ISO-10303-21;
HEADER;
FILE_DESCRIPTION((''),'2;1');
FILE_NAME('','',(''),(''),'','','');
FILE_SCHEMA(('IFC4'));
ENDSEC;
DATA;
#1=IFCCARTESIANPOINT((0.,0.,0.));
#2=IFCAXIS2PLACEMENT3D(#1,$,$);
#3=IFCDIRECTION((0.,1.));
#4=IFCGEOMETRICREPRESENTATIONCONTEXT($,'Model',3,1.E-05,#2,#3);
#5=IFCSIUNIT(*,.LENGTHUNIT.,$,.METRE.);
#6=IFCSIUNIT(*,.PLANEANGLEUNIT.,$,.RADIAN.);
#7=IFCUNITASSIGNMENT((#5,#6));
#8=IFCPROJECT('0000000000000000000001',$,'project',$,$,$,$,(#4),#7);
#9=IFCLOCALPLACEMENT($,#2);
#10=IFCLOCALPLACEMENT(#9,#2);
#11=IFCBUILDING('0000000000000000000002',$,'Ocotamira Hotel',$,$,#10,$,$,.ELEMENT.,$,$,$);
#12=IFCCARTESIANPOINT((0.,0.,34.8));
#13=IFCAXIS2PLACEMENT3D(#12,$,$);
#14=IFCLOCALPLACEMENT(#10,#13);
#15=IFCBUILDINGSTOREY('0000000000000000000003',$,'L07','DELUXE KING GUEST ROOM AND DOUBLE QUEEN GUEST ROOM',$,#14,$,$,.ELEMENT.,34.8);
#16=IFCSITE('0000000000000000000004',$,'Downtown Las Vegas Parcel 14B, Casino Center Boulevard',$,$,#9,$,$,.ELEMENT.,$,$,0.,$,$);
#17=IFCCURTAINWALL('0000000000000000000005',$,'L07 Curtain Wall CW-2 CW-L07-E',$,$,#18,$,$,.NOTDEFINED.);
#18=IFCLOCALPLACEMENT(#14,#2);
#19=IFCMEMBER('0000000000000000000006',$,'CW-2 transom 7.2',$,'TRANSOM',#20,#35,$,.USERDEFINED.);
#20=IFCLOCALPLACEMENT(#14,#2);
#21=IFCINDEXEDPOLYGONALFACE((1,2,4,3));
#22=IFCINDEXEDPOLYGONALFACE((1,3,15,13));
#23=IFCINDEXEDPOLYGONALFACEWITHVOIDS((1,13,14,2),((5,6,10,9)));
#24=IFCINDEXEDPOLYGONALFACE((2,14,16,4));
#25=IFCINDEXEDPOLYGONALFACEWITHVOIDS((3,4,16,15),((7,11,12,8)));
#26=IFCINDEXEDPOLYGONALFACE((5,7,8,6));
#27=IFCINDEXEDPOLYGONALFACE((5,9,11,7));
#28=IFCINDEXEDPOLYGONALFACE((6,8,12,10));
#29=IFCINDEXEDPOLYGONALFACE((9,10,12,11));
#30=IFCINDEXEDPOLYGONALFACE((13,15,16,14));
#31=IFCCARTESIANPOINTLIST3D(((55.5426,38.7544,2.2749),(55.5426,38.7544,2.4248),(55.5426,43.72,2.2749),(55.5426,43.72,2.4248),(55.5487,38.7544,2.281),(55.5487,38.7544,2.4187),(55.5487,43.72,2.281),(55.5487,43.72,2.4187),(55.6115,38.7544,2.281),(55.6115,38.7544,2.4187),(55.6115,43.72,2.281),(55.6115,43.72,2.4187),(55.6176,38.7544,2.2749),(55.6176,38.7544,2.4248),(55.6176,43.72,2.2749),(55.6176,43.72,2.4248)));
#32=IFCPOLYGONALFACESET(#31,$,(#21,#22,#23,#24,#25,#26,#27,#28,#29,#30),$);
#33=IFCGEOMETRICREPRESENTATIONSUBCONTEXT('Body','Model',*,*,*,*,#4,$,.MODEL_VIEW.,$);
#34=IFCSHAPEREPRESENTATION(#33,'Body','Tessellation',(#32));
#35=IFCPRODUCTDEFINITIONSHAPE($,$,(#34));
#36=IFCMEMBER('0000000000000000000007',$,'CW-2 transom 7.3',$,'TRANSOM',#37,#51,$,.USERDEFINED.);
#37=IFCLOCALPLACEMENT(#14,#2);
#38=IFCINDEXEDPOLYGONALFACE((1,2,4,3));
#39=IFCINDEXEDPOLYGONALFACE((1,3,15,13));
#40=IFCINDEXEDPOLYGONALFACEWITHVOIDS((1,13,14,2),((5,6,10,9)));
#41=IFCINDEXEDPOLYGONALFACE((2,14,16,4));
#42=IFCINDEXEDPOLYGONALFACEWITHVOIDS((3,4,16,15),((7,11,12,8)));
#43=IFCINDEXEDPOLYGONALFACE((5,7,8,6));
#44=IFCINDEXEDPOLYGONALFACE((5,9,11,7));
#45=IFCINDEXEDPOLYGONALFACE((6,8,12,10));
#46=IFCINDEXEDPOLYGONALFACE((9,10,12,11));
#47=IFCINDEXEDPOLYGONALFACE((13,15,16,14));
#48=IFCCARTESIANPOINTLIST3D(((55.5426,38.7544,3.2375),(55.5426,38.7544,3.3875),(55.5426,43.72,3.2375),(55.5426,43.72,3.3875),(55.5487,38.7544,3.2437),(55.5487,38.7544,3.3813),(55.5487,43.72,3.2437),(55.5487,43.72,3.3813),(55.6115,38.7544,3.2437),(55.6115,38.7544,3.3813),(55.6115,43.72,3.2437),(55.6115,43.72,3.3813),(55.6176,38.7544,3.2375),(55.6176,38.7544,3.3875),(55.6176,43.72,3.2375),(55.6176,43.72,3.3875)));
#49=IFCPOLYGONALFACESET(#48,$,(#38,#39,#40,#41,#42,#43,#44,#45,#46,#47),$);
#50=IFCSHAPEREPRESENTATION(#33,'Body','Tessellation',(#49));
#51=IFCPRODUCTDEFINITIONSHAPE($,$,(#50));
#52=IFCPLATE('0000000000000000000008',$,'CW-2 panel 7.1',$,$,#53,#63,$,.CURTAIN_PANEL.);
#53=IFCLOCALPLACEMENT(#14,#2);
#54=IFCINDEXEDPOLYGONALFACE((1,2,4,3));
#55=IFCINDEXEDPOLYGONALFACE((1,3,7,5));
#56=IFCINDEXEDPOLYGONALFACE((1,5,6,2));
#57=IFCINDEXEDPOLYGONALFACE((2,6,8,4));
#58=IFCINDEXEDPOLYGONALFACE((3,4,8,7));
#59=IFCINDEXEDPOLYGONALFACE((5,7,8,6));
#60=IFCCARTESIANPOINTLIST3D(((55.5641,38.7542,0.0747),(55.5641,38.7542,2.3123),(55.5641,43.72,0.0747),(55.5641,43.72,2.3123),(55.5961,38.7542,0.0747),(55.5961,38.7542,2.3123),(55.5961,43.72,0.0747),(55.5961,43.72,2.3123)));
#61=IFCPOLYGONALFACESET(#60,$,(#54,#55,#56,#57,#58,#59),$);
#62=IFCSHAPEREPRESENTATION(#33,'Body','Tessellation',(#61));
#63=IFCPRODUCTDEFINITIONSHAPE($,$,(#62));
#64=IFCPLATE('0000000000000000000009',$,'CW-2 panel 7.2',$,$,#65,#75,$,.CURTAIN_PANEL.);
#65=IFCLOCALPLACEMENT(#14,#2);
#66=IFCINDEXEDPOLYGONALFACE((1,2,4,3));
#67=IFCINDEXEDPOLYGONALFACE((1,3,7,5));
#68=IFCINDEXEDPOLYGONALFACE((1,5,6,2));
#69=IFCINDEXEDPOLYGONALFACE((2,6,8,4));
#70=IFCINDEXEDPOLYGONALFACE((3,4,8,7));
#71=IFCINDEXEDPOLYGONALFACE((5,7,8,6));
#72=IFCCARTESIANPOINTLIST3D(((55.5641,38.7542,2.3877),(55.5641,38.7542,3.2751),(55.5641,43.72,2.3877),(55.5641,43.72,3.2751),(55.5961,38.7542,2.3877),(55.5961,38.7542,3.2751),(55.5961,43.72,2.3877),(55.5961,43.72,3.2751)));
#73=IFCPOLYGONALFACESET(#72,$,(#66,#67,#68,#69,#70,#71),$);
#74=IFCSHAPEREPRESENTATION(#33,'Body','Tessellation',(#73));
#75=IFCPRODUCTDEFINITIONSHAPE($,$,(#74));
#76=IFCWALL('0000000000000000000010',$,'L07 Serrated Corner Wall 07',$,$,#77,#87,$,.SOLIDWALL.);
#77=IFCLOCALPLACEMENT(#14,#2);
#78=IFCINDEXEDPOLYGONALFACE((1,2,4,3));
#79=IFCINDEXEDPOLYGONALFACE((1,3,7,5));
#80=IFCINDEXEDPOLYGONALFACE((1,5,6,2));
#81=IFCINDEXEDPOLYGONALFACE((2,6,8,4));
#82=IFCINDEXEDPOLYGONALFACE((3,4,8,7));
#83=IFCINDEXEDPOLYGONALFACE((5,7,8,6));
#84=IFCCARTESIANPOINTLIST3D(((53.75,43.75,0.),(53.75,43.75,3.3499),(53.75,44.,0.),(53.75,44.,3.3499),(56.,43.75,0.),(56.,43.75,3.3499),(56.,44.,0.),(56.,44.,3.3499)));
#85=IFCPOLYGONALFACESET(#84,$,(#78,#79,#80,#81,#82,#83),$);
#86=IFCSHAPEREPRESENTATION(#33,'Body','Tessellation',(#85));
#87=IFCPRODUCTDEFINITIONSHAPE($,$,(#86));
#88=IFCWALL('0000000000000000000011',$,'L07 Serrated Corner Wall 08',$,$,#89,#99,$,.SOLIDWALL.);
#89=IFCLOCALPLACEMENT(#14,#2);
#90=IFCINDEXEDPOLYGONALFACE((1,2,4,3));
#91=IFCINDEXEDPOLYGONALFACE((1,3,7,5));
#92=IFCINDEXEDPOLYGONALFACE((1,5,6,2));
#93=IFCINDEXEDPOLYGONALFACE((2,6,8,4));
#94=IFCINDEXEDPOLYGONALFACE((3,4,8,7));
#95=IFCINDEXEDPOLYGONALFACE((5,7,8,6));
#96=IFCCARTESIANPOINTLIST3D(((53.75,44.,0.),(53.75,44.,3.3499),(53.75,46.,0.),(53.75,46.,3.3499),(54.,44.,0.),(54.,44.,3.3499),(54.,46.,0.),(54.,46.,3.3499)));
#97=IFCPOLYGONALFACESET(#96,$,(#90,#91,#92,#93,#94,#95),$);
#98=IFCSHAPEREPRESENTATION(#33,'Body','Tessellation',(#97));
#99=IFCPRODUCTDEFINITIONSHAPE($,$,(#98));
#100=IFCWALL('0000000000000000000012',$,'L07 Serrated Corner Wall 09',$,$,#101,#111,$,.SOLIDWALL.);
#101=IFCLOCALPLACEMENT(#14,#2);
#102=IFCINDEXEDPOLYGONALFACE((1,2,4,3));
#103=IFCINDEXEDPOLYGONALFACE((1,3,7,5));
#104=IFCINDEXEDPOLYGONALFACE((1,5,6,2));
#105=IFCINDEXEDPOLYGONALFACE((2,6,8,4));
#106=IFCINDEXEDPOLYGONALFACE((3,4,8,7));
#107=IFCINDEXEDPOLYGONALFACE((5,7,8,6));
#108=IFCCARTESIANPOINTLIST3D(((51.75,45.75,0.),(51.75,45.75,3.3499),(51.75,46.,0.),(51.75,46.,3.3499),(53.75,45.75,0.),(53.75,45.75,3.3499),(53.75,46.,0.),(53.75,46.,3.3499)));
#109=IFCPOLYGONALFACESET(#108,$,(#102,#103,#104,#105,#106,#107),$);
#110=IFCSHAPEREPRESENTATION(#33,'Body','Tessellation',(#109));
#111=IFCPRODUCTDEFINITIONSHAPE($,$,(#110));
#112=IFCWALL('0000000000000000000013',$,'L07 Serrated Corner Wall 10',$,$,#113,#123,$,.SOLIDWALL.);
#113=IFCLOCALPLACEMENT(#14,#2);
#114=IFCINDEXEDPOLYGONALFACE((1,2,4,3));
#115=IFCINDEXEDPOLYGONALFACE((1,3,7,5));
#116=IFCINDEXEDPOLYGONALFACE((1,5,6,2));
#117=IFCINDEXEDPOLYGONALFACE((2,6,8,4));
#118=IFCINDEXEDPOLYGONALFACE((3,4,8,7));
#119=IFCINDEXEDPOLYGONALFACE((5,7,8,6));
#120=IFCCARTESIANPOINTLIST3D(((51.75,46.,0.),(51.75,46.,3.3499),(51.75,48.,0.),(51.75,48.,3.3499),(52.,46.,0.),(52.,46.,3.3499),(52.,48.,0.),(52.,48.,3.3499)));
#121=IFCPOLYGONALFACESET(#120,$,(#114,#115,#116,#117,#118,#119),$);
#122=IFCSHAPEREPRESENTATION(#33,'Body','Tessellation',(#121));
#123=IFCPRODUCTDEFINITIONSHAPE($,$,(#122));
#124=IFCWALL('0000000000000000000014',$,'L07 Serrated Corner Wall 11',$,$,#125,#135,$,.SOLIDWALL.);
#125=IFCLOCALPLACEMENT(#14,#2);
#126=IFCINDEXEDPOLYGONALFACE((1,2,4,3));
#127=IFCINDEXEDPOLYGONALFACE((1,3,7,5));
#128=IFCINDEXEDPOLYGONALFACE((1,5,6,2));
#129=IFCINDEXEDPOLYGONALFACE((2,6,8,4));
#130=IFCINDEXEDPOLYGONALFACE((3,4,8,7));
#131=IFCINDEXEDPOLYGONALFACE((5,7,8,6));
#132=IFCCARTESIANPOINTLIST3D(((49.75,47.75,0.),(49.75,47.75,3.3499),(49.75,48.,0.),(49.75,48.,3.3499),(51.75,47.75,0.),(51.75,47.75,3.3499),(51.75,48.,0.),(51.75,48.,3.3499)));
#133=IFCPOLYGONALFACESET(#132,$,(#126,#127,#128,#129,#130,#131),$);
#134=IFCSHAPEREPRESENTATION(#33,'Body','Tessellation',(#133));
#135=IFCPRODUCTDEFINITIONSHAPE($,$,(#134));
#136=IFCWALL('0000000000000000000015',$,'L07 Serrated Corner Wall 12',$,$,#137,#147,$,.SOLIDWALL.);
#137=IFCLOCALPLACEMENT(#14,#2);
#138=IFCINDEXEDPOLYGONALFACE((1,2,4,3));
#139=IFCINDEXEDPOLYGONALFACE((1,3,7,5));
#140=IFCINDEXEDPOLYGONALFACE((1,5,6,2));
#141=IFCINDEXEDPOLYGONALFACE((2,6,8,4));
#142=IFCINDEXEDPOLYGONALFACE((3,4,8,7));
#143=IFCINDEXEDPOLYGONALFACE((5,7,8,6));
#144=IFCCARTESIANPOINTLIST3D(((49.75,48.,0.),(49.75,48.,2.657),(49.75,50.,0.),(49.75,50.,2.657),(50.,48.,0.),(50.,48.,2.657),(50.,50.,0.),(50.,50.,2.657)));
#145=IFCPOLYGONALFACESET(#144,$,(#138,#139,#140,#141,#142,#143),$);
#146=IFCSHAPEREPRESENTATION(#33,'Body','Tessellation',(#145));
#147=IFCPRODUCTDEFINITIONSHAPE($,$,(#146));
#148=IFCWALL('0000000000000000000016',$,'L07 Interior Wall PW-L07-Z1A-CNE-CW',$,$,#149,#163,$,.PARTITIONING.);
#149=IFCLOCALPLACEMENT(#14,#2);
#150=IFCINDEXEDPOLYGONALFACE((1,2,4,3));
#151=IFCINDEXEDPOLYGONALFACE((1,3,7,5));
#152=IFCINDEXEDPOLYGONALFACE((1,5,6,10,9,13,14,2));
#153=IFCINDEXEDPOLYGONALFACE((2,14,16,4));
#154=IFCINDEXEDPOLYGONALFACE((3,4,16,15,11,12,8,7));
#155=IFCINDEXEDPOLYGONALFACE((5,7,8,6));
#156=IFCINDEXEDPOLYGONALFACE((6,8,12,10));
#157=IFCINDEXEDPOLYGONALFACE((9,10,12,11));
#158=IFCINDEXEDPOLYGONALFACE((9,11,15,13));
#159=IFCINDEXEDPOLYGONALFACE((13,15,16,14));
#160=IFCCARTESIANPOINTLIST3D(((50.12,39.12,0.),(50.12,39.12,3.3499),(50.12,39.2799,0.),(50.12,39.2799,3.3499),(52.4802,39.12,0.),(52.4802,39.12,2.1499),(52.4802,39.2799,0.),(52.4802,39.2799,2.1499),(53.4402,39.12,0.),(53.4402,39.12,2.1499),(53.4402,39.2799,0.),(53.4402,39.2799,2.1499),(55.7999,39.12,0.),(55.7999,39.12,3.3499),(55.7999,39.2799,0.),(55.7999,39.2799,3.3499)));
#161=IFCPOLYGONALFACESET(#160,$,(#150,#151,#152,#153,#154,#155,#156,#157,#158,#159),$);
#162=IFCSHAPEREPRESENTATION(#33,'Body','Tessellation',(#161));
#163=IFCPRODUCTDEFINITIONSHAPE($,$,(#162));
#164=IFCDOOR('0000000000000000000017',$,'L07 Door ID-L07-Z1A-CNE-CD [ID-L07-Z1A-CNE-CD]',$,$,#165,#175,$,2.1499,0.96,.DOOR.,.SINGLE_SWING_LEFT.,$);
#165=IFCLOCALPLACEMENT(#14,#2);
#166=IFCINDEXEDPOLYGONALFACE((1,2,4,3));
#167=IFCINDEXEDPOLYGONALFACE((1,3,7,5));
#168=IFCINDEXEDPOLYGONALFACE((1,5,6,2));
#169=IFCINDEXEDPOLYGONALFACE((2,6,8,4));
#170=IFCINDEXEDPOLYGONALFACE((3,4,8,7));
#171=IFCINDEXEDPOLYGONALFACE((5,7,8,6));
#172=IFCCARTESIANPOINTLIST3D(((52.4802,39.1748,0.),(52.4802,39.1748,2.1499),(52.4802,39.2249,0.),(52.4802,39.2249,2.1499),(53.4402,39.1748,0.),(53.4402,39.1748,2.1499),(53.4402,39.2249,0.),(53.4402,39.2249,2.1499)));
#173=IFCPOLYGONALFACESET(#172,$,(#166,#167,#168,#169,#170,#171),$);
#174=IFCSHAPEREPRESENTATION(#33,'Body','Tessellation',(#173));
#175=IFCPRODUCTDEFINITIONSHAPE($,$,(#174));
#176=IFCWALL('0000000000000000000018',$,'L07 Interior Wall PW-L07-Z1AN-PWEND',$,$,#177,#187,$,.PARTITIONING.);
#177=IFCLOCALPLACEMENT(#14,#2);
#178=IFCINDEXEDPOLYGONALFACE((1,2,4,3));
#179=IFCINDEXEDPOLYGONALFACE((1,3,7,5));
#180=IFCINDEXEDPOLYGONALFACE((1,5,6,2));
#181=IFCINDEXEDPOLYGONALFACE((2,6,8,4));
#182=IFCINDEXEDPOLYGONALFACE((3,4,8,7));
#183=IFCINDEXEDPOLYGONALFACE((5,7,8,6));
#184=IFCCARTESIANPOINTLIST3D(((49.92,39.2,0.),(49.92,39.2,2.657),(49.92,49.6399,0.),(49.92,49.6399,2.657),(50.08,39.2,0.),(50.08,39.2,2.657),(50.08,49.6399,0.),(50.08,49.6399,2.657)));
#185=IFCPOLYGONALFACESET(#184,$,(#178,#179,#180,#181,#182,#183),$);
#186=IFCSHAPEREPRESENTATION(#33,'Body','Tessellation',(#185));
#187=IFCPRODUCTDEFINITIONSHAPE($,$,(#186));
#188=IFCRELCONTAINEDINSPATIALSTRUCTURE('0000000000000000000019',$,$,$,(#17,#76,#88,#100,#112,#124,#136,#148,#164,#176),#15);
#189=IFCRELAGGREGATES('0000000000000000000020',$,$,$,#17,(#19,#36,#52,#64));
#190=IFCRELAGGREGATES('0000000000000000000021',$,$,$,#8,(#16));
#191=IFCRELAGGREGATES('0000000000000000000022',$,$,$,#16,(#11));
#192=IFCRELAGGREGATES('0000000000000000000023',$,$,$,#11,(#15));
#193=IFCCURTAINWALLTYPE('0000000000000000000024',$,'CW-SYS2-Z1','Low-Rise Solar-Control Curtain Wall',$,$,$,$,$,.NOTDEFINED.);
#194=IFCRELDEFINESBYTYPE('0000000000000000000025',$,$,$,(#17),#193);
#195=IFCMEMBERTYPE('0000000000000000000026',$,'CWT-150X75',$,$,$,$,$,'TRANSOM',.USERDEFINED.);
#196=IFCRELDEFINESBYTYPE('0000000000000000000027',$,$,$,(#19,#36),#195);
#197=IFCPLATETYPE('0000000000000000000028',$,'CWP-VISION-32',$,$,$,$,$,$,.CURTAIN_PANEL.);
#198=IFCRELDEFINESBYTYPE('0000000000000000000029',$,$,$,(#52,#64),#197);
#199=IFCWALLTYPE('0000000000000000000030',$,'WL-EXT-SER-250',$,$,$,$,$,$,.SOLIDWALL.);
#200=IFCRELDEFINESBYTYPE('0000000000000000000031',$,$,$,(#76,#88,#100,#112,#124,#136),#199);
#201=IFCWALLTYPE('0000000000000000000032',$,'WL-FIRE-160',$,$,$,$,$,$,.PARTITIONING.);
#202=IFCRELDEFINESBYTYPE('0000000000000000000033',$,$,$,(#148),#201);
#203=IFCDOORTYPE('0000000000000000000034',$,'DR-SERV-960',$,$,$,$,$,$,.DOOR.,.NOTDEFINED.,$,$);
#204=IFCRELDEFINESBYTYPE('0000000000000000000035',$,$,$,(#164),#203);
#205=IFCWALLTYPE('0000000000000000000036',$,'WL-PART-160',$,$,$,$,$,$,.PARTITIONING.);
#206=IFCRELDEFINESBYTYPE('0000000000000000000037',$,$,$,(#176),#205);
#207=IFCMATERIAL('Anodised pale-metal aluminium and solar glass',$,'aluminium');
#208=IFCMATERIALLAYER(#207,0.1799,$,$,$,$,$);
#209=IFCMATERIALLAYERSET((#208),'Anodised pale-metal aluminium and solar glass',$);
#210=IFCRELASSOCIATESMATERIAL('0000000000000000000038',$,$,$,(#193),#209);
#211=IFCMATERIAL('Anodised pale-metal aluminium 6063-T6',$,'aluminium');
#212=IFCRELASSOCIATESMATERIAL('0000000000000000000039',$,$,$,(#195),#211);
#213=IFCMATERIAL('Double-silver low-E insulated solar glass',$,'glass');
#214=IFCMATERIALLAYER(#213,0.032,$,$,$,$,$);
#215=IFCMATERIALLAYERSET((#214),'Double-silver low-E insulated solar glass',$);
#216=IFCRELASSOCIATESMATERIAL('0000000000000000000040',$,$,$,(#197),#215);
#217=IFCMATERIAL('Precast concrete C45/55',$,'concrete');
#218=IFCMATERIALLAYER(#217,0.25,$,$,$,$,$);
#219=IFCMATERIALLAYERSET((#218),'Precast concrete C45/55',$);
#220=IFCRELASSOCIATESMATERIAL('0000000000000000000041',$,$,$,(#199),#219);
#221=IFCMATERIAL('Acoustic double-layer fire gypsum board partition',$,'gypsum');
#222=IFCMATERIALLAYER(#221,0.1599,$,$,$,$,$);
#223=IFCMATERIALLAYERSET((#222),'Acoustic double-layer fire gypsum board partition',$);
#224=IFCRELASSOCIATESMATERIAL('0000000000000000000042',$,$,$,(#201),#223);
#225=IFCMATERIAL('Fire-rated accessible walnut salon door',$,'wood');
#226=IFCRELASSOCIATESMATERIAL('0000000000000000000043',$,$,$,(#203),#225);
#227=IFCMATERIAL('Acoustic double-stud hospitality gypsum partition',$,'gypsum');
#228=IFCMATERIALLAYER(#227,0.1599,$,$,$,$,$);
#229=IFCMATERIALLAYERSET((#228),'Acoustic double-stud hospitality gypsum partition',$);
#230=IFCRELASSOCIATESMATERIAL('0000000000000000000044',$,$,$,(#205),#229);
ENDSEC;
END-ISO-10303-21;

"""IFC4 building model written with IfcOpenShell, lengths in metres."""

from ifc_helpers import new_model, si_unit, direction, frame, frame_2d, origin, origin_2d, place, context, subcontext, project, spatial, rectangle, hollow_rectangle, extrude, source, transform, mapped, material, layer, layer_set, material_profile, profile_set, type_object, element, fill, aggregate, save


model = new_model("IFC4")

# Units and contexts
model_context = context("Model", 3, precision=1e-05, world=origin(), true_north=direction((0.0, 1.0)))
body_context = subcontext(model_context, "Body", "Model", "MODEL_VIEW")
ifc_project = project(units=[si_unit("LENGTHUNIT", "METRE"), si_unit("PLANEANGLEUNIT", "RADIAN")], contexts=[model_context])

# Site, building, storey
site_placement = place(None, origin())
site = spatial("IfcSite", under=ifc_project, at=site_placement, Name="Downtown Las Vegas Parcel 14B, Casino Center Boulevard", CompositionType="ELEMENT", RefElevation=0.0)
building_placement = place(site_placement, origin())
building = spatial("IfcBuilding", under=site, at=building_placement, Name="Ocotamira Hotel", CompositionType="ELEMENT")
storey_placement = place(building_placement, frame((0.0, 0.0, 34.8)))
storey = spatial("IfcBuildingStorey", under=building, at=storey_placement, Name="L07", Description="DELUXE KING GUEST ROOM AND DOUBLE QUEEN GUEST ROOM", CompositionType="ELEMENT", Elevation=34.8)

# Shared definitions
ifc_material_1 = material(Name="Anodised pale-metal aluminium and solar glass", Category="aluminium")
ifc_layer_1 = layer(ifc_material_1, 0.1799)
ifc_layer_set_1 = layer_set([ifc_layer_1], Name="Anodised pale-metal aluminium and solar glass")
curtain_wall_type = type_object("IfcCurtainWallType", Name="CW-SYS2-Z1", Description="Low-Rise Solar-Control Curtain Wall", PredefinedType="NOTDEFINED", material=ifc_layer_set_1)
ifc_material_2 = material(Name="Anodised pale-metal aluminium 6063-T6", Category="aluminium")

# Curtain wall, members, plates
curtain_wall_1_placement = place(storey_placement, origin())
curtain_wall_1 = element("IfcCurtainWall", 1, at=curtain_wall_1_placement, inside=storey, type_object=curtain_wall_type, Name="L07 Curtain Wall CW-2 CW-L07-E", PredefinedType="NOTDEFINED")
ifc_material_profile_1 = material_profile(ifc_material_2, hollow_rectangle(XDim=0.075, YDim=0.1499, WallThickness=0.0061, at=origin_2d()), Name="HSS150X75X6")
ifc_profile_set_1 = profile_set([ifc_material_profile_1], Name="Anodised pale-metal aluminium 6063-T6")
member_type_1 = type_object("IfcMemberType", Name="CWT-150X75", ElementType="TRANSOM", PredefinedType="USERDEFINED", material=ifc_profile_set_1)
shared_shape_1 = source(origin(), body_context, "Body", "SweptSolid", [
    extrude(hollow_rectangle(XDim=0.075, YDim=0.1499, WallThickness=0.0061, at=origin_2d()), origin(), (0.0, 0.0, 1.0), 4.9656),
])
member_1_placement = place(storey_placement, frame((55.5801, 38.7544, 2.3499), z_axis=(0.0, 1.0, 0.0), x_axis=(-1.0, 0.0, 0.0)))
member_1 = element("IfcMember", 2, at=member_1_placement, type_object=member_type_1, Name="CW-2 transom 7.2", ObjectType="TRANSOM", PredefinedType="USERDEFINED", context=body_context, shape_type="MappedRepresentation", body=[
    mapped(shared_shape_1, transform((0.0, 0.0, 0.0), scale=1.0)),
])
member_2_placement = place(storey_placement, frame((55.5801, 38.7544, 3.3125), z_axis=(0.0, 1.0, 0.0), x_axis=(-1.0, 0.0, 0.0)))
member_2 = element("IfcMember", 3, at=member_2_placement, type_object=member_type_1, Name="CW-2 transom 7.3", ObjectType="TRANSOM", PredefinedType="USERDEFINED", context=body_context, shape_type="MappedRepresentation", body=[
    mapped(shared_shape_1, transform((0.0, 0.0, 0.0), scale=1.0)),
])
ifc_material_3 = material(Name="Double-silver low-E insulated solar glass", Category="glass")
ifc_layer_2 = layer(ifc_material_3, 0.032)
ifc_layer_set_2 = layer_set([ifc_layer_2], Name="Double-silver low-E insulated solar glass")
plate_type = type_object("IfcPlateType", Name="CWP-VISION-32", PredefinedType="CURTAIN_PANEL", material=ifc_layer_set_2)
shared_shape_2 = source(origin(), body_context, "Body", "SweptSolid", [
    extrude(rectangle(XDim=4.9658, YDim=0.032, at=origin_2d()), origin(), (0.0, 0.0, 1.0), 2.2375),
])
plate_1_placement = place(storey_placement, frame((55.5801, 41.2371, 0.0747), z_axis=(0.0, 0.0, 1.0), x_axis=(0.0, 1.0, 0.0)))
plate_1 = element("IfcPlate", 4, at=plate_1_placement, type_object=plate_type, Name="CW-2 panel 7.1", PredefinedType="CURTAIN_PANEL", context=body_context, shape_type="MappedRepresentation", body=[
    mapped(shared_shape_2, transform((0.0, 0.0, 0.0), scale=1.0)),
])
shared_shape_3 = source(origin(), body_context, "Body", "SweptSolid", [
    extrude(rectangle(XDim=4.9658, YDim=0.032, at=origin_2d()), origin(), (0.0, 0.0, 1.0), 0.8875),
])
plate_2_placement = place(storey_placement, frame((55.5801, 41.2371, 2.3877), z_axis=(0.0, 0.0, 1.0), x_axis=(0.0, 1.0, 0.0)))
plate_2 = element("IfcPlate", 5, at=plate_2_placement, type_object=plate_type, Name="CW-2 panel 7.2", PredefinedType="CURTAIN_PANEL", context=body_context, shape_type="MappedRepresentation", body=[
    mapped(shared_shape_3, transform((0.0, 0.0, 0.0), scale=1.0)),
])
aggregate(curtain_wall_1, [member_1, member_2, plate_1, plate_2])

# Walls
ifc_material_4 = material(Name="Precast concrete C45/55", Category="concrete")
ifc_layer_3 = layer(ifc_material_4, 0.25)
ifc_layer_set_3 = layer_set([ifc_layer_3], Name="Precast concrete C45/55")
wall_type_1 = type_object("IfcWallType", Name="WL-EXT-SER-250", PredefinedType="SOLIDWALL", material=ifc_layer_set_3)
wall_1_placement = place(storey_placement, frame((56.0, 43.875, 0.0), z_axis=(0.0, 0.0, 1.0), x_axis=(-1.0, 0.0, 0.0)))
element("IfcWall", 6, at=wall_1_placement, inside=storey, type_object=wall_type_1, Name="L07 Serrated Corner Wall 07", PredefinedType="SOLIDWALL", context=body_context, shape_type="SweptSolid", body=[
    extrude(rectangle(XDim=2.25, YDim=0.25, at=frame_2d((1.125, 0.0))), origin(), (0.0, 0.0, 1.0), 3.3499),
])
for number, where, z_axis, x_axis, name in (
    (7, (53.875, 44.0, 0.0), (0.0, 0.0, 1.0), (0.0, 1.0, 0.0), "L07 Serrated Corner Wall 08"),
    (8, (53.75, 45.875, 0.0), (0.0, 0.0, 1.0), (-1.0, 0.0, 0.0), "L07 Serrated Corner Wall 09"),
    (9, (51.875, 46.0, 0.0), (0.0, 0.0, 1.0), (0.0, 1.0, 0.0), "L07 Serrated Corner Wall 10"),
    (10, (51.75, 47.875, 0.0), (0.0, 0.0, 1.0), (-1.0, 0.0, 0.0), "L07 Serrated Corner Wall 11"),
):
    element("IfcWall", number, at=place(storey_placement, frame(where, z_axis=z_axis, x_axis=x_axis)), inside=storey, type_object=wall_type_1, Name=name, PredefinedType="SOLIDWALL", context=body_context, shape_type="SweptSolid", body=[
        extrude(rectangle(XDim=2.0, YDim=0.25, at=frame_2d((1.0, 0.0))), origin(), (0.0, 0.0, 1.0), 3.3499),
    ])
wall_2_placement = place(storey_placement, frame((49.875, 48.0, 0.0), z_axis=(0.0, 0.0, 1.0), x_axis=(0.0, 1.0, 0.0)))
element("IfcWall", 11, at=wall_2_placement, inside=storey, type_object=wall_type_1, Name="L07 Serrated Corner Wall 12", PredefinedType="SOLIDWALL", context=body_context, shape_type="SweptSolid", body=[
    extrude(rectangle(XDim=2.0, YDim=0.25, at=frame_2d((1.0, 0.0))), origin(), (0.0, 0.0, 1.0), 2.657),
])

# Wall, opening, door
ifc_material_5 = material(Name="Acoustic double-layer fire gypsum board partition", Category="gypsum")
ifc_layer_4 = layer(ifc_material_5, 0.1599)
ifc_layer_set_4 = layer_set([ifc_layer_4], Name="Acoustic double-layer fire gypsum board partition")
wall_type_2 = type_object("IfcWallType", Name="WL-FIRE-160", PredefinedType="PARTITIONING", material=ifc_layer_set_4)
wall_3_placement = place(storey_placement, frame((50.1201, 39.2, 0.0), z_axis=(0.0, 0.0, 1.0), x_axis=(1.0, 0.0, 0.0)))
wall_3 = element("IfcWall", 12, at=wall_3_placement, inside=storey, type_object=wall_type_2, Name="L07 Interior Wall PW-L07-Z1A-CNE-CW", PredefinedType="PARTITIONING", context=body_context, shape_type="SweptSolid", body=[
    extrude(rectangle(XDim=5.6799, YDim=0.1599, at=frame_2d((2.8398, 0.0))), origin(), (0.0, 0.0, 1.0), 3.3499),
])
opening_1_placement = place(wall_3_placement, frame((2.3601, 0.0, 0.0)))
opening_1 = element("IfcOpeningElement", 13, at=opening_1_placement, cuts=wall_3, PredefinedType="OPENING", context=body_context, shape_type="SweptSolid", body=[
    extrude(rectangle(XDim=0.96, YDim=2.1499, at=frame_2d((0.48, 1.075))), frame((0.0, 0.0898, 0.0), z_axis=(0.0, -1.0, 0.0), x_axis=(1.0, 0.0, 0.0)), (0.0, 0.0, 1.0), 0.1799),
])
ifc_material_6 = material(Name="Fire-rated accessible walnut salon door", Category="wood")
door_type_1 = type_object("IfcDoorType", Name="DR-SERV-960", OperationType="NOTDEFINED", PredefinedType="DOOR", material=ifc_material_6)
shared_shape_4 = source(origin(), body_context, "Body", "SweptSolid", [
    extrude(rectangle(XDim=0.96, YDim=2.1499, at=frame_2d((0.48, 1.075))), frame((0.0, 0.0249, 0.0), z_axis=(0.0, -1.0, 0.0), x_axis=(1.0, 0.0, 0.0)), (0.0, 0.0, 1.0), 0.05),
])
door_1_placement = place(opening_1_placement, origin())
door_1 = element("IfcDoor", 14, at=door_1_placement, inside=storey, type_object=door_type_1, Name="L07 Door ID-L07-Z1A-CNE-CD [ID-L07-Z1A-CNE-CD]", OperationType="SINGLE_SWING_LEFT", OverallHeight=2.1499, OverallWidth=0.96, PredefinedType="DOOR", context=body_context, shape_type="MappedRepresentation", body=[
    mapped(shared_shape_4, transform((0.0, 0.0, 0.0), scale=1.0)),
])
fill(opening_1, door_1)

# Wall
ifc_material_7 = material(Name="Acoustic double-stud hospitality gypsum partition", Category="gypsum")
ifc_layer_5 = layer(ifc_material_7, 0.1599)
ifc_layer_set_5 = layer_set([ifc_layer_5], Name="Acoustic double-stud hospitality gypsum partition")
wall_type_3 = type_object("IfcWallType", Name="WL-PART-160", PredefinedType="PARTITIONING", material=ifc_layer_set_5)
wall_4_placement = place(storey_placement, frame((50.0, 39.2, 0.0), z_axis=(0.0, 0.0, 1.0), x_axis=(0.0, 1.0, 0.0)))
element("IfcWall", 15, at=wall_4_placement, inside=storey, type_object=wall_type_3, Name="L07 Interior Wall PW-L07-Z1AN-PWEND", PredefinedType="PARTITIONING", context=body_context, shape_type="SweptSolid", body=[
    extrude(rectangle(XDim=10.4399, YDim=0.1599, at=frame_2d((5.22, 0.0))), origin(), (0.0, 0.0, 1.0), 2.657),
])

save(model, "model.ifc")
